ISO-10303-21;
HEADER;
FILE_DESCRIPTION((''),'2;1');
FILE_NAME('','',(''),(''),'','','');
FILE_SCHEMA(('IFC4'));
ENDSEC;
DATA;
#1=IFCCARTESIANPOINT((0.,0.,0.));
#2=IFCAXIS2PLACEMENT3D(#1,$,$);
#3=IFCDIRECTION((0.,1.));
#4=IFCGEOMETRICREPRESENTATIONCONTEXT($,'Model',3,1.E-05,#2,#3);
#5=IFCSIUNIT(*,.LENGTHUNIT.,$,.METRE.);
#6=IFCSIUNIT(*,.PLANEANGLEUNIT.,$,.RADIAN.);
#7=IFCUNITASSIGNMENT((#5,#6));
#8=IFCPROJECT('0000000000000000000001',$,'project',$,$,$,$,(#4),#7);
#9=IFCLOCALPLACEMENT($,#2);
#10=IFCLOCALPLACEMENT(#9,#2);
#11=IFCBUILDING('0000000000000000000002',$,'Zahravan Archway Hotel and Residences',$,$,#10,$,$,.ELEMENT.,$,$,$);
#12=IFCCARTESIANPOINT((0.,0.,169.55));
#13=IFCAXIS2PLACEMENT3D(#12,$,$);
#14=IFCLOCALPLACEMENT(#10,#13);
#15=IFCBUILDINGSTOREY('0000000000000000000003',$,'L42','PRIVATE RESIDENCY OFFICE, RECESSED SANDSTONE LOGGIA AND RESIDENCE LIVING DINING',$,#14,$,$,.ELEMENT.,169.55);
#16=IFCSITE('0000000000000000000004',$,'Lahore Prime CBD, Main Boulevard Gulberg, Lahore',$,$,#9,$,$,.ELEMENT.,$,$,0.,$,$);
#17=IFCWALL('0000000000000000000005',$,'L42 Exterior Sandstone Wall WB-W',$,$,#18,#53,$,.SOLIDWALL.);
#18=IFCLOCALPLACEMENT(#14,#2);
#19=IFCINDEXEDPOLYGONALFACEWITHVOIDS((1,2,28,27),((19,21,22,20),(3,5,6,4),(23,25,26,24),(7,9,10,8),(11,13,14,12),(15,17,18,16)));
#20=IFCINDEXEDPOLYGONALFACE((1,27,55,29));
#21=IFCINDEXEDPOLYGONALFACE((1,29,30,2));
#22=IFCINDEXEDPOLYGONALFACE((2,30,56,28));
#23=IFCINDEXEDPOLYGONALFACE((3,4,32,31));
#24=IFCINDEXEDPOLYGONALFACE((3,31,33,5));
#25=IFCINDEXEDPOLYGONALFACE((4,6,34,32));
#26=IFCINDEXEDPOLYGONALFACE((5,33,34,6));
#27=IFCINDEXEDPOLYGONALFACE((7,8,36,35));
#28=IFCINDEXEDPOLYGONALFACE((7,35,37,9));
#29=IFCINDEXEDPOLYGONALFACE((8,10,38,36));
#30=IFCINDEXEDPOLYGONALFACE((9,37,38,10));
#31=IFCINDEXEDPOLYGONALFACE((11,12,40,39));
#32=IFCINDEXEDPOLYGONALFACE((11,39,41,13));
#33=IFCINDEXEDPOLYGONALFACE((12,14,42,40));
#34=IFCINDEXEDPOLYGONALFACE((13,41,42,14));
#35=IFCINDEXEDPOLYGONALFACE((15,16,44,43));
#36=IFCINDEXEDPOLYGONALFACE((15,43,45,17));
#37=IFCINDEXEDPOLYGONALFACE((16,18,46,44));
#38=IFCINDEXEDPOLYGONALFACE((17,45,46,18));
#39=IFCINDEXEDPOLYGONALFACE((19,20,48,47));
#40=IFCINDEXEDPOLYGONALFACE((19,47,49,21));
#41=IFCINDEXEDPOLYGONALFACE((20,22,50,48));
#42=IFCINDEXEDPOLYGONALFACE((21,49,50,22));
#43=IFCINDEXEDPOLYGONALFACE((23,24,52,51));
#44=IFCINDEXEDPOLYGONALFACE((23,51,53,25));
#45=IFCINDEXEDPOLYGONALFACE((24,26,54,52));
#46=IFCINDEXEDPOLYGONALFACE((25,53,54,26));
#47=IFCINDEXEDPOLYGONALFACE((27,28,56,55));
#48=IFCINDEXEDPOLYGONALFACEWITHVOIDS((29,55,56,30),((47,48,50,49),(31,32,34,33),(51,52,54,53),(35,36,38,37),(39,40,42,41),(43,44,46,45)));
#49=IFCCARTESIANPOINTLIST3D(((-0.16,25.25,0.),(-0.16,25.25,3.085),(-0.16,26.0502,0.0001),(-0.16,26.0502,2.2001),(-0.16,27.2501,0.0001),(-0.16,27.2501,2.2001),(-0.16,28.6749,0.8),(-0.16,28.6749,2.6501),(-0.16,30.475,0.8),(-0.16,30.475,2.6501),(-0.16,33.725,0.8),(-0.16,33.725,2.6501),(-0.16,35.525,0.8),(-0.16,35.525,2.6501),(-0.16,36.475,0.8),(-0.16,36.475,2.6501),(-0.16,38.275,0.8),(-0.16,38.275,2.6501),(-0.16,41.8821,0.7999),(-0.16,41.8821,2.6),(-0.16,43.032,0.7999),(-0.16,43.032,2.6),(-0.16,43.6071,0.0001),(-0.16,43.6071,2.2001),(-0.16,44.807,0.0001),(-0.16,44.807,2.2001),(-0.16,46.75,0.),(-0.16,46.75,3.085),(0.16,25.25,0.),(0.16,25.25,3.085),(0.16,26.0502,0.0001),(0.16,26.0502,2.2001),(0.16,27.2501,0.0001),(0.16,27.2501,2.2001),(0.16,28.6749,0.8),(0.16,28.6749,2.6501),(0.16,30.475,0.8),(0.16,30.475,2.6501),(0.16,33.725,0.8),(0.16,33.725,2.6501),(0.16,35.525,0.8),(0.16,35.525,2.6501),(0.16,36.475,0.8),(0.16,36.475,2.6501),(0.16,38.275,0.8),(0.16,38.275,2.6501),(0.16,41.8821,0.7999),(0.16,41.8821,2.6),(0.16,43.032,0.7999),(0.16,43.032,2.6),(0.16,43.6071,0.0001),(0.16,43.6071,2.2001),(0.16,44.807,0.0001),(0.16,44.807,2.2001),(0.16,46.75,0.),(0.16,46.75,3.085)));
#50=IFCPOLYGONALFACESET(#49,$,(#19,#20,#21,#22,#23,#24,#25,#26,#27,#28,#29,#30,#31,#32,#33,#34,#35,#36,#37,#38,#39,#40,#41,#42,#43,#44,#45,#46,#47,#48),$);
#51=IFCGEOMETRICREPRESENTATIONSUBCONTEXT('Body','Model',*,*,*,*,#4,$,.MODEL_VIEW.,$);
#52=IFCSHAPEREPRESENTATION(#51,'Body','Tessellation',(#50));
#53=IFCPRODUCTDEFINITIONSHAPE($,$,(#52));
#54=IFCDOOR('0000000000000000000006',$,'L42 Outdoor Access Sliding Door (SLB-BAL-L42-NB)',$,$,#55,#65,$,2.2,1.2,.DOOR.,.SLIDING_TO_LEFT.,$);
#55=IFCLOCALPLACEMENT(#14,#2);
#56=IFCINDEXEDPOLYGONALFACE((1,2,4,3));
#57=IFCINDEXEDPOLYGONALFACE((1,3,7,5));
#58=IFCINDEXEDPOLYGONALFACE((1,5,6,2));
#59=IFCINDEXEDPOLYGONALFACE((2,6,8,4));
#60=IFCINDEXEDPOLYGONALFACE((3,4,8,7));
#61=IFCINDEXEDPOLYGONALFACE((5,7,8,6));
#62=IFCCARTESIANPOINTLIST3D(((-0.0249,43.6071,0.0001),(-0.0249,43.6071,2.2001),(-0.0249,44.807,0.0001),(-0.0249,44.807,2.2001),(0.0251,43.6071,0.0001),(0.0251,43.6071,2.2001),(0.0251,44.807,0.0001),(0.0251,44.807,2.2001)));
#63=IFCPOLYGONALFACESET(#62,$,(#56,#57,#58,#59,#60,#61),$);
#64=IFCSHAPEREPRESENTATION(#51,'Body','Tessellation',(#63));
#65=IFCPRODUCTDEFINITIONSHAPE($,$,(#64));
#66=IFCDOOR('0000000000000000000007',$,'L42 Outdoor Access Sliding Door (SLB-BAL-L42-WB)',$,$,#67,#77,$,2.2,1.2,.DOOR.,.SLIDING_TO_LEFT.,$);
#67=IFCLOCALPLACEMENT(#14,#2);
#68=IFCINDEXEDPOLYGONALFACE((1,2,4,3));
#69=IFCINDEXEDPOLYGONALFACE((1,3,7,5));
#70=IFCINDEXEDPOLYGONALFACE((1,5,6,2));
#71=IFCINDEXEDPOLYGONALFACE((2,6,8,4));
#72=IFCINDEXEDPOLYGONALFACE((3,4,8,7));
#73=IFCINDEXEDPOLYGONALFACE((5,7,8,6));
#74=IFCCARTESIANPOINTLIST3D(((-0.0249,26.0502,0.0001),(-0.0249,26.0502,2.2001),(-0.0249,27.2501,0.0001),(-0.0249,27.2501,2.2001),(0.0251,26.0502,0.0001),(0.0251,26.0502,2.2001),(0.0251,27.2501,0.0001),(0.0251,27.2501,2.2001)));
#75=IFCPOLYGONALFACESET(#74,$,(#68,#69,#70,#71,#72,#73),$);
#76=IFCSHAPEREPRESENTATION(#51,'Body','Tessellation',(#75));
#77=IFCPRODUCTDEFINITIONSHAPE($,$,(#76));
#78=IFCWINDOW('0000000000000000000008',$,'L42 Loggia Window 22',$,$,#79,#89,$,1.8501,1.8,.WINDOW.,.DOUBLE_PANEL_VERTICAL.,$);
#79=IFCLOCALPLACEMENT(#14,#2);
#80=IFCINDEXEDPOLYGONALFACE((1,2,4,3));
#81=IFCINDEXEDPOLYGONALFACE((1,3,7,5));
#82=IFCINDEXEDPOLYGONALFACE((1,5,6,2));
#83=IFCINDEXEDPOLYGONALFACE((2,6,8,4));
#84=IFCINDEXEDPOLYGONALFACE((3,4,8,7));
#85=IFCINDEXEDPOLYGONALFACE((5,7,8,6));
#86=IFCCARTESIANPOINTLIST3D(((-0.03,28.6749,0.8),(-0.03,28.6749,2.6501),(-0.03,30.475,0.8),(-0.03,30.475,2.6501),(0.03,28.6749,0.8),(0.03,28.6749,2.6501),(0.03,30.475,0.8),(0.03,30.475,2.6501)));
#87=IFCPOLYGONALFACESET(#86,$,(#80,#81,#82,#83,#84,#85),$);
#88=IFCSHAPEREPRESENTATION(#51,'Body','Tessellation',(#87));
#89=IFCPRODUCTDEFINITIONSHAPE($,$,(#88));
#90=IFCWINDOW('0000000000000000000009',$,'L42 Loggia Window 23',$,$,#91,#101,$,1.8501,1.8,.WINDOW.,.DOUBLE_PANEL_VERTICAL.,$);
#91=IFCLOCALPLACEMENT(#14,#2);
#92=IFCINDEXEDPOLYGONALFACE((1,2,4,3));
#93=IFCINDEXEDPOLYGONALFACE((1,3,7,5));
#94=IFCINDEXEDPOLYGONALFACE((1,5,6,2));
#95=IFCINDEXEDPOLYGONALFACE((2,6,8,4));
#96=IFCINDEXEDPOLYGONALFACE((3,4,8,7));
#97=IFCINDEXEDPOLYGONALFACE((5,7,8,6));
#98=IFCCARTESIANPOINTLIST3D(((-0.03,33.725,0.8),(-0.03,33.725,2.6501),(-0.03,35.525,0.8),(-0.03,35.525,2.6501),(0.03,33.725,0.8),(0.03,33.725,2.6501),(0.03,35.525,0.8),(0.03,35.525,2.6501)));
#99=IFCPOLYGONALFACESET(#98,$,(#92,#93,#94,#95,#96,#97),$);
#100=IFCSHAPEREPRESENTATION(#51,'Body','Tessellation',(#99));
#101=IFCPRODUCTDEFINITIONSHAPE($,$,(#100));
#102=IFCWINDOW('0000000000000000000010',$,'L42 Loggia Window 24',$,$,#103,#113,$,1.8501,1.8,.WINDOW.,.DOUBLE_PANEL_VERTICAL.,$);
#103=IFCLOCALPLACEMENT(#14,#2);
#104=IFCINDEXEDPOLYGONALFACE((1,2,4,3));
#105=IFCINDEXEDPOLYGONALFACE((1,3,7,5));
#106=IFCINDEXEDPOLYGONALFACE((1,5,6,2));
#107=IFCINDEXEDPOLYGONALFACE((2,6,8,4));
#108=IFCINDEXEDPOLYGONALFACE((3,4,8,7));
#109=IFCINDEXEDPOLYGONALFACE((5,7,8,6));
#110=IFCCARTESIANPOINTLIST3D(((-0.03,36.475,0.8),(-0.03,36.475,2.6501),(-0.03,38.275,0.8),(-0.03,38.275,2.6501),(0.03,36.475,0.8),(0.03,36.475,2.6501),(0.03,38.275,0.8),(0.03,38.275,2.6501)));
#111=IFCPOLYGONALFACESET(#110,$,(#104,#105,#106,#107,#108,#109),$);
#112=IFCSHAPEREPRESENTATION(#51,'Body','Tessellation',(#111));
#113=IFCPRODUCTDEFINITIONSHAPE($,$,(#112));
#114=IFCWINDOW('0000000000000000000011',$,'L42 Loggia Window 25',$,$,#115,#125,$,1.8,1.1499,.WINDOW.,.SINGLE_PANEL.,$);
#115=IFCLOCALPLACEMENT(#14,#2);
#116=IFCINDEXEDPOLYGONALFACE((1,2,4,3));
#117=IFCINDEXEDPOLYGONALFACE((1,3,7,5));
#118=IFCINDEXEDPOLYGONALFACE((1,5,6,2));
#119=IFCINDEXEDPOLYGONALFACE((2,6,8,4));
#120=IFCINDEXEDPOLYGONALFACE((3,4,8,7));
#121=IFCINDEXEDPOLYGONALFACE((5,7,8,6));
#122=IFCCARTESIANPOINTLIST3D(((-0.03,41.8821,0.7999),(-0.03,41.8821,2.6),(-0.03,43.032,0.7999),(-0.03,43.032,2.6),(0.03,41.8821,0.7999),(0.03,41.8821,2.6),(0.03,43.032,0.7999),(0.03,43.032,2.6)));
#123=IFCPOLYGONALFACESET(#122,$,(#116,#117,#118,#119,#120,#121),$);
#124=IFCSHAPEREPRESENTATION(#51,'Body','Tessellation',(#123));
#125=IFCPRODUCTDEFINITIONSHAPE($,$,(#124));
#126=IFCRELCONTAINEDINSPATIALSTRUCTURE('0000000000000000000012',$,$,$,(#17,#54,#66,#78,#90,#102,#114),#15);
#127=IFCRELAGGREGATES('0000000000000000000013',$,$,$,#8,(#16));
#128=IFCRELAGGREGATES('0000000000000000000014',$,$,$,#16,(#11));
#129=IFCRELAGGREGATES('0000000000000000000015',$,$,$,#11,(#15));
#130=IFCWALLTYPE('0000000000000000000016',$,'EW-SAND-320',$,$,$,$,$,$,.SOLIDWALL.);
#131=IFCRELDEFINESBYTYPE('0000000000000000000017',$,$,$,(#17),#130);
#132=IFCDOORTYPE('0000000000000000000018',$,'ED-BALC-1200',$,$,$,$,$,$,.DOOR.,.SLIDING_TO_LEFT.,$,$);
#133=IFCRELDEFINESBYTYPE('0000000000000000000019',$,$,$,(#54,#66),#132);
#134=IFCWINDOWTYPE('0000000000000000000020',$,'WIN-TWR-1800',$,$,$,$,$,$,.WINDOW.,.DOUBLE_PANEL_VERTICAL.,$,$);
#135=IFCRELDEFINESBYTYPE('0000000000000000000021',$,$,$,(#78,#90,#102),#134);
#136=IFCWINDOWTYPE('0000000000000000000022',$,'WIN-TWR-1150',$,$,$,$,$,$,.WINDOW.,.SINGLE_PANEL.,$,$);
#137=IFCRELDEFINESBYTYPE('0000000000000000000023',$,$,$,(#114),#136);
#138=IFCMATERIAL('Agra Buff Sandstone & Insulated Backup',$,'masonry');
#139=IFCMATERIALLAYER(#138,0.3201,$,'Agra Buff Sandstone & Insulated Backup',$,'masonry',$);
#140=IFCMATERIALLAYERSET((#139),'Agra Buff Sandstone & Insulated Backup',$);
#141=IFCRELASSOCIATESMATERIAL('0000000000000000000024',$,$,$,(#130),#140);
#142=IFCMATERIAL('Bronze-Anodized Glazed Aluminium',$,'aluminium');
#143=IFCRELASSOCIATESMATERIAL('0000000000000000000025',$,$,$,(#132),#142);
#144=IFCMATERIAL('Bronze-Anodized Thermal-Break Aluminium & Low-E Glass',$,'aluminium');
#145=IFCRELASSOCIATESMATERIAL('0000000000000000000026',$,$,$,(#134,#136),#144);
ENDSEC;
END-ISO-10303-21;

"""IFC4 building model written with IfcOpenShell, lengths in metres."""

from ifc_helpers import new_model, si_unit, direction, frame, frame_2d, origin, place, context, subcontext, project, spatial, rectangle, extrude, source, transform, mapped, material, layer, layer_set, type_object, type_shapes, element, fill, save


model = new_model("IFC4")

# Units and contexts
model_context = context("Model", 3, precision=1e-05, world=origin(), true_north=direction((0.0, 1.0)))
body_context = subcontext(model_context, "Body", "Model", "MODEL_VIEW")
ifc_project = project(units=[si_unit("LENGTHUNIT", "METRE"), si_unit("PLANEANGLEUNIT", "RADIAN")], contexts=[model_context])

# Site, building, storey
site_placement = place(None, origin())
site = spatial("IfcSite", under=ifc_project, at=site_placement, Name="Lahore Prime CBD, Main Boulevard Gulberg, Lahore", CompositionType="ELEMENT", RefElevation=0.0)
building_placement = place(site_placement, origin())
building = spatial("IfcBuilding", under=site, at=building_placement, Name="Zahravan Archway Hotel and Residences", CompositionType="ELEMENT")
storey_placement = place(building_placement, frame((0.0, 0.0, 169.55)))
storey = spatial("IfcBuildingStorey", under=building, at=storey_placement, Name="L42", Description="PRIVATE RESIDENCY OFFICE, RECESSED SANDSTONE LOGGIA AND RESIDENCE LIVING DINING", CompositionType="ELEMENT", Elevation=169.55)

# Shared definitions
ifc_material_1 = material(Name="Agra Buff Sandstone & Insulated Backup", Category="masonry")
ifc_layer_1 = layer(ifc_material_1, 0.3201, Name="Agra Buff Sandstone & Insulated Backup", Category="masonry")
ifc_layer_set_1 = layer_set([ifc_layer_1], Name="Agra Buff Sandstone & Insulated Backup")
wall_type_1 = type_object("IfcWallType", Name="EW-SAND-320", PredefinedType="SOLIDWALL", material=ifc_layer_set_1)
ifc_material_2 = material(Name="Bronze-Anodized Thermal-Break Aluminium & Low-E Glass", Category="aluminium")

# Wall, openings, doors, windows
wall_1_placement = place(storey_placement, frame((0.0, 25.25, 0.0), z_axis=(0.0, 0.0, 1.0), x_axis=(0.0, 1.0, 0.0)))
wall_1 = element("IfcWall", 1, at=wall_1_placement, inside=storey, type_object=wall_type_1, Name="L42 Exterior Sandstone Wall WB-W", PredefinedType="SOLIDWALL", context=body_context, shape_type="SweptSolid", body=[
    extrude(rectangle(XDim=21.5, YDim=0.3201, at=frame_2d((10.75, 0.0))), origin(), (0.0, 0.0, 1.0), 3.085),
])
opening_1_placement = place(wall_1_placement, frame((18.3569, 0.0, 0.0)))
opening_1 = element("IfcOpeningElement", 2, at=opening_1_placement, cuts=wall_1, PredefinedType="OPENING", context=body_context, shape_type="SweptSolid", body=[
    extrude(rectangle(XDim=1.2, YDim=2.2, at=frame_2d((0.6001, 1.1001))), frame((0.0, 0.1699, 0.0), z_axis=(0.0, -1.0, 0.0), x_axis=(1.0, 0.0, 0.0)), (0.0, 0.0, 1.0), 0.3401),
])
opening_2_placement = place(wall_1_placement, frame((0.8, 0.0, 0.0)))
opening_2 = element("IfcOpeningElement", 3, at=opening_2_placement, cuts=wall_1, PredefinedType="OPENING", context=body_context, shape_type="SweptSolid", body=[
    extrude(rectangle(XDim=1.2, YDim=2.2, at=frame_2d((0.6001, 1.1001))), frame((0.0, 0.1699, 0.0), z_axis=(0.0, -1.0, 0.0), x_axis=(1.0, 0.0, 0.0)), (0.0, 0.0, 1.0), 0.3401),
])
opening_3_placement = place(wall_1_placement, frame((3.425, 0.0, 0.8)))
opening_3 = element("IfcOpeningElement", 4, at=opening_3_placement, cuts=wall_1, PredefinedType="OPENING", context=body_context, shape_type="SweptSolid", body=[
    extrude(rectangle(XDim=1.8, YDim=1.8501, at=frame_2d((0.8999, 0.925))), frame((0.0, 0.1699, 0.0), z_axis=(0.0, -1.0, 0.0), x_axis=(1.0, 0.0, 0.0)), (0.0, 0.0, 1.0), 0.3401),
])
opening_4_placement = place(wall_1_placement, frame((8.4751, 0.0, 0.8)))
opening_4 = element("IfcOpeningElement", 5, at=opening_4_placement, cuts=wall_1, PredefinedType="OPENING", context=body_context, shape_type="SweptSolid", body=[
    extrude(rectangle(XDim=1.8, YDim=1.8501, at=frame_2d((0.8999, 0.925))), frame((0.0, 0.1699, 0.0), z_axis=(0.0, -1.0, 0.0), x_axis=(1.0, 0.0, 0.0)), (0.0, 0.0, 1.0), 0.3401),
])
opening_5_placement = place(wall_1_placement, frame((11.2251, 0.0, 0.8)))
opening_5 = element("IfcOpeningElement", 6, at=opening_5_placement, cuts=wall_1, PredefinedType="OPENING", context=body_context, shape_type="SweptSolid", body=[
    extrude(rectangle(XDim=1.8, YDim=1.8501, at=frame_2d((0.8999, 0.925))), frame((0.0, 0.1699, 0.0), z_axis=(0.0, -1.0, 0.0), x_axis=(1.0, 0.0, 0.0)), (0.0, 0.0, 1.0), 0.3401),
])
opening_6_placement = place(wall_1_placement, frame((16.6321, 0.0, 0.8)))
opening_6 = element("IfcOpeningElement", 7, at=opening_6_placement, cuts=wall_1, PredefinedType="OPENING", context=body_context, shape_type="SweptSolid", body=[
    extrude(rectangle(XDim=1.1499, YDim=1.8, at=frame_2d((0.575, 0.8999))), frame((0.0, 0.1699, 0.0), z_axis=(0.0, -1.0, 0.0), x_axis=(1.0, 0.0, 0.0)), (0.0, 0.0, 1.0), 0.3401),
])
ifc_material_3 = material(Name="Bronze-Anodized Glazed Aluminium", Category="aluminium")
door_type_1 = type_object("IfcDoorType", Name="ED-BALC-1200", OperationType="SLIDING_TO_LEFT", PredefinedType="DOOR", material=ifc_material_3)
shared_shape_1 = source(origin(), body_context, "Body", "SweptSolid", [
    extrude(rectangle(XDim=1.2, YDim=2.2, at=frame_2d((0.6001, 1.1001))), frame((0.0, 0.0249, 0.0), z_axis=(0.0, -1.0, 0.0), x_axis=(1.0, 0.0, 0.0)), (0.0, 0.0, 1.0), 0.05),
])
type_shapes(door_type_1, [shared_shape_1])
door_1_placement = place(opening_1_placement, origin())
door_1 = element("IfcDoor", 8, at=door_1_placement, inside=storey, type_object=door_type_1, Name="L42 Outdoor Access Sliding Door (SLB-BAL-L42-NB)", OperationType="SLIDING_TO_LEFT", OverallHeight=2.2, OverallWidth=1.2, PredefinedType="DOOR", context=body_context, shape_type="MappedRepresentation", body=[
    mapped(shared_shape_1, transform((0.0, 0.0, 0.0), scale=1.0)),
])
fill(opening_1, door_1)
door_2_placement = place(opening_2_placement, origin())
door_2 = element("IfcDoor", 9, at=door_2_placement, inside=storey, type_object=door_type_1, Name="L42 Outdoor Access Sliding Door (SLB-BAL-L42-WB)", OperationType="SLIDING_TO_LEFT", OverallHeight=2.2, OverallWidth=1.2, PredefinedType="DOOR", context=body_context, shape_type="MappedRepresentation", body=[
    mapped(shared_shape_1, transform((0.0, 0.0, 0.0), scale=1.0)),
])
fill(opening_2, door_2)
window_type_1 = type_object("IfcWindowType", Name="WIN-TWR-1800", PartitioningType="DOUBLE_PANEL_VERTICAL", PredefinedType="WINDOW", material=ifc_material_2)
shared_shape_2 = source(origin(), body_context, "Body", "SweptSolid", [
    extrude(rectangle(XDim=1.8, YDim=1.8501, at=frame_2d((0.8999, 0.925))), frame((0.0, 0.03, 0.0), z_axis=(0.0, -1.0, 0.0), x_axis=(1.0, 0.0, 0.0)), (0.0, 0.0, 1.0), 0.0601),
])
type_shapes(window_type_1, [shared_shape_2])
window_1_placement = place(opening_3_placement, origin())
window_1 = element("IfcWindow", 10, at=window_1_placement, inside=storey, type_object=window_type_1, Name="L42 Loggia Window 22", OverallHeight=1.8501, OverallWidth=1.8, PartitioningType="DOUBLE_PANEL_VERTICAL", PredefinedType="WINDOW", context=body_context, shape_type="MappedRepresentation", body=[
    mapped(shared_shape_2, transform((0.0, 0.0, 0.0), scale=1.0)),
])
fill(opening_3, window_1)
window_2_placement = place(opening_4_placement, origin())
window_2 = element("IfcWindow", 11, at=window_2_placement, inside=storey, type_object=window_type_1, Name="L42 Loggia Window 23", OverallHeight=1.8501, OverallWidth=1.8, PartitioningType="DOUBLE_PANEL_VERTICAL", PredefinedType="WINDOW", context=body_context, shape_type="MappedRepresentation", body=[
    mapped(shared_shape_2, transform((0.0, 0.0, 0.0), scale=1.0)),
])
fill(opening_4, window_2)
window_3_placement = place(opening_5_placement, origin())
window_3 = element("IfcWindow", 12, at=window_3_placement, inside=storey, type_object=window_type_1, Name="L42 Loggia Window 24", OverallHeight=1.8501, OverallWidth=1.8, PartitioningType="DOUBLE_PANEL_VERTICAL", PredefinedType="WINDOW", context=body_context, shape_type="MappedRepresentation", body=[
    mapped(shared_shape_2, transform((0.0, 0.0, 0.0), scale=1.0)),
])
fill(opening_5, window_3)
window_type_2 = type_object("IfcWindowType", Name="WIN-TWR-1150", PartitioningType="SINGLE_PANEL", PredefinedType="WINDOW", material=ifc_material_2)
shared_shape_3 = source(origin(), body_context, "Body", "SweptSolid", [
    extrude(rectangle(XDim=1.1499, YDim=1.8, at=frame_2d((0.575, 0.8999))), frame((0.0, 0.03, 0.0), z_axis=(0.0, -1.0, 0.0), x_axis=(1.0, 0.0, 0.0)), (0.0, 0.0, 1.0), 0.0601),
])
type_shapes(window_type_2, [shared_shape_3])
window_4_placement = place(opening_6_placement, origin())
window_4 = element("IfcWindow", 13, at=window_4_placement, inside=storey, type_object=window_type_2, Name="L42 Loggia Window 25", OverallHeight=1.8, OverallWidth=1.1499, PartitioningType="SINGLE_PANEL", PredefinedType="WINDOW", context=body_context, shape_type="MappedRepresentation", body=[
    mapped(shared_shape_3, transform((0.0, 0.0, 0.0), scale=1.0)),
])
fill(opening_6, window_4)

save(model, "model.ifc")
